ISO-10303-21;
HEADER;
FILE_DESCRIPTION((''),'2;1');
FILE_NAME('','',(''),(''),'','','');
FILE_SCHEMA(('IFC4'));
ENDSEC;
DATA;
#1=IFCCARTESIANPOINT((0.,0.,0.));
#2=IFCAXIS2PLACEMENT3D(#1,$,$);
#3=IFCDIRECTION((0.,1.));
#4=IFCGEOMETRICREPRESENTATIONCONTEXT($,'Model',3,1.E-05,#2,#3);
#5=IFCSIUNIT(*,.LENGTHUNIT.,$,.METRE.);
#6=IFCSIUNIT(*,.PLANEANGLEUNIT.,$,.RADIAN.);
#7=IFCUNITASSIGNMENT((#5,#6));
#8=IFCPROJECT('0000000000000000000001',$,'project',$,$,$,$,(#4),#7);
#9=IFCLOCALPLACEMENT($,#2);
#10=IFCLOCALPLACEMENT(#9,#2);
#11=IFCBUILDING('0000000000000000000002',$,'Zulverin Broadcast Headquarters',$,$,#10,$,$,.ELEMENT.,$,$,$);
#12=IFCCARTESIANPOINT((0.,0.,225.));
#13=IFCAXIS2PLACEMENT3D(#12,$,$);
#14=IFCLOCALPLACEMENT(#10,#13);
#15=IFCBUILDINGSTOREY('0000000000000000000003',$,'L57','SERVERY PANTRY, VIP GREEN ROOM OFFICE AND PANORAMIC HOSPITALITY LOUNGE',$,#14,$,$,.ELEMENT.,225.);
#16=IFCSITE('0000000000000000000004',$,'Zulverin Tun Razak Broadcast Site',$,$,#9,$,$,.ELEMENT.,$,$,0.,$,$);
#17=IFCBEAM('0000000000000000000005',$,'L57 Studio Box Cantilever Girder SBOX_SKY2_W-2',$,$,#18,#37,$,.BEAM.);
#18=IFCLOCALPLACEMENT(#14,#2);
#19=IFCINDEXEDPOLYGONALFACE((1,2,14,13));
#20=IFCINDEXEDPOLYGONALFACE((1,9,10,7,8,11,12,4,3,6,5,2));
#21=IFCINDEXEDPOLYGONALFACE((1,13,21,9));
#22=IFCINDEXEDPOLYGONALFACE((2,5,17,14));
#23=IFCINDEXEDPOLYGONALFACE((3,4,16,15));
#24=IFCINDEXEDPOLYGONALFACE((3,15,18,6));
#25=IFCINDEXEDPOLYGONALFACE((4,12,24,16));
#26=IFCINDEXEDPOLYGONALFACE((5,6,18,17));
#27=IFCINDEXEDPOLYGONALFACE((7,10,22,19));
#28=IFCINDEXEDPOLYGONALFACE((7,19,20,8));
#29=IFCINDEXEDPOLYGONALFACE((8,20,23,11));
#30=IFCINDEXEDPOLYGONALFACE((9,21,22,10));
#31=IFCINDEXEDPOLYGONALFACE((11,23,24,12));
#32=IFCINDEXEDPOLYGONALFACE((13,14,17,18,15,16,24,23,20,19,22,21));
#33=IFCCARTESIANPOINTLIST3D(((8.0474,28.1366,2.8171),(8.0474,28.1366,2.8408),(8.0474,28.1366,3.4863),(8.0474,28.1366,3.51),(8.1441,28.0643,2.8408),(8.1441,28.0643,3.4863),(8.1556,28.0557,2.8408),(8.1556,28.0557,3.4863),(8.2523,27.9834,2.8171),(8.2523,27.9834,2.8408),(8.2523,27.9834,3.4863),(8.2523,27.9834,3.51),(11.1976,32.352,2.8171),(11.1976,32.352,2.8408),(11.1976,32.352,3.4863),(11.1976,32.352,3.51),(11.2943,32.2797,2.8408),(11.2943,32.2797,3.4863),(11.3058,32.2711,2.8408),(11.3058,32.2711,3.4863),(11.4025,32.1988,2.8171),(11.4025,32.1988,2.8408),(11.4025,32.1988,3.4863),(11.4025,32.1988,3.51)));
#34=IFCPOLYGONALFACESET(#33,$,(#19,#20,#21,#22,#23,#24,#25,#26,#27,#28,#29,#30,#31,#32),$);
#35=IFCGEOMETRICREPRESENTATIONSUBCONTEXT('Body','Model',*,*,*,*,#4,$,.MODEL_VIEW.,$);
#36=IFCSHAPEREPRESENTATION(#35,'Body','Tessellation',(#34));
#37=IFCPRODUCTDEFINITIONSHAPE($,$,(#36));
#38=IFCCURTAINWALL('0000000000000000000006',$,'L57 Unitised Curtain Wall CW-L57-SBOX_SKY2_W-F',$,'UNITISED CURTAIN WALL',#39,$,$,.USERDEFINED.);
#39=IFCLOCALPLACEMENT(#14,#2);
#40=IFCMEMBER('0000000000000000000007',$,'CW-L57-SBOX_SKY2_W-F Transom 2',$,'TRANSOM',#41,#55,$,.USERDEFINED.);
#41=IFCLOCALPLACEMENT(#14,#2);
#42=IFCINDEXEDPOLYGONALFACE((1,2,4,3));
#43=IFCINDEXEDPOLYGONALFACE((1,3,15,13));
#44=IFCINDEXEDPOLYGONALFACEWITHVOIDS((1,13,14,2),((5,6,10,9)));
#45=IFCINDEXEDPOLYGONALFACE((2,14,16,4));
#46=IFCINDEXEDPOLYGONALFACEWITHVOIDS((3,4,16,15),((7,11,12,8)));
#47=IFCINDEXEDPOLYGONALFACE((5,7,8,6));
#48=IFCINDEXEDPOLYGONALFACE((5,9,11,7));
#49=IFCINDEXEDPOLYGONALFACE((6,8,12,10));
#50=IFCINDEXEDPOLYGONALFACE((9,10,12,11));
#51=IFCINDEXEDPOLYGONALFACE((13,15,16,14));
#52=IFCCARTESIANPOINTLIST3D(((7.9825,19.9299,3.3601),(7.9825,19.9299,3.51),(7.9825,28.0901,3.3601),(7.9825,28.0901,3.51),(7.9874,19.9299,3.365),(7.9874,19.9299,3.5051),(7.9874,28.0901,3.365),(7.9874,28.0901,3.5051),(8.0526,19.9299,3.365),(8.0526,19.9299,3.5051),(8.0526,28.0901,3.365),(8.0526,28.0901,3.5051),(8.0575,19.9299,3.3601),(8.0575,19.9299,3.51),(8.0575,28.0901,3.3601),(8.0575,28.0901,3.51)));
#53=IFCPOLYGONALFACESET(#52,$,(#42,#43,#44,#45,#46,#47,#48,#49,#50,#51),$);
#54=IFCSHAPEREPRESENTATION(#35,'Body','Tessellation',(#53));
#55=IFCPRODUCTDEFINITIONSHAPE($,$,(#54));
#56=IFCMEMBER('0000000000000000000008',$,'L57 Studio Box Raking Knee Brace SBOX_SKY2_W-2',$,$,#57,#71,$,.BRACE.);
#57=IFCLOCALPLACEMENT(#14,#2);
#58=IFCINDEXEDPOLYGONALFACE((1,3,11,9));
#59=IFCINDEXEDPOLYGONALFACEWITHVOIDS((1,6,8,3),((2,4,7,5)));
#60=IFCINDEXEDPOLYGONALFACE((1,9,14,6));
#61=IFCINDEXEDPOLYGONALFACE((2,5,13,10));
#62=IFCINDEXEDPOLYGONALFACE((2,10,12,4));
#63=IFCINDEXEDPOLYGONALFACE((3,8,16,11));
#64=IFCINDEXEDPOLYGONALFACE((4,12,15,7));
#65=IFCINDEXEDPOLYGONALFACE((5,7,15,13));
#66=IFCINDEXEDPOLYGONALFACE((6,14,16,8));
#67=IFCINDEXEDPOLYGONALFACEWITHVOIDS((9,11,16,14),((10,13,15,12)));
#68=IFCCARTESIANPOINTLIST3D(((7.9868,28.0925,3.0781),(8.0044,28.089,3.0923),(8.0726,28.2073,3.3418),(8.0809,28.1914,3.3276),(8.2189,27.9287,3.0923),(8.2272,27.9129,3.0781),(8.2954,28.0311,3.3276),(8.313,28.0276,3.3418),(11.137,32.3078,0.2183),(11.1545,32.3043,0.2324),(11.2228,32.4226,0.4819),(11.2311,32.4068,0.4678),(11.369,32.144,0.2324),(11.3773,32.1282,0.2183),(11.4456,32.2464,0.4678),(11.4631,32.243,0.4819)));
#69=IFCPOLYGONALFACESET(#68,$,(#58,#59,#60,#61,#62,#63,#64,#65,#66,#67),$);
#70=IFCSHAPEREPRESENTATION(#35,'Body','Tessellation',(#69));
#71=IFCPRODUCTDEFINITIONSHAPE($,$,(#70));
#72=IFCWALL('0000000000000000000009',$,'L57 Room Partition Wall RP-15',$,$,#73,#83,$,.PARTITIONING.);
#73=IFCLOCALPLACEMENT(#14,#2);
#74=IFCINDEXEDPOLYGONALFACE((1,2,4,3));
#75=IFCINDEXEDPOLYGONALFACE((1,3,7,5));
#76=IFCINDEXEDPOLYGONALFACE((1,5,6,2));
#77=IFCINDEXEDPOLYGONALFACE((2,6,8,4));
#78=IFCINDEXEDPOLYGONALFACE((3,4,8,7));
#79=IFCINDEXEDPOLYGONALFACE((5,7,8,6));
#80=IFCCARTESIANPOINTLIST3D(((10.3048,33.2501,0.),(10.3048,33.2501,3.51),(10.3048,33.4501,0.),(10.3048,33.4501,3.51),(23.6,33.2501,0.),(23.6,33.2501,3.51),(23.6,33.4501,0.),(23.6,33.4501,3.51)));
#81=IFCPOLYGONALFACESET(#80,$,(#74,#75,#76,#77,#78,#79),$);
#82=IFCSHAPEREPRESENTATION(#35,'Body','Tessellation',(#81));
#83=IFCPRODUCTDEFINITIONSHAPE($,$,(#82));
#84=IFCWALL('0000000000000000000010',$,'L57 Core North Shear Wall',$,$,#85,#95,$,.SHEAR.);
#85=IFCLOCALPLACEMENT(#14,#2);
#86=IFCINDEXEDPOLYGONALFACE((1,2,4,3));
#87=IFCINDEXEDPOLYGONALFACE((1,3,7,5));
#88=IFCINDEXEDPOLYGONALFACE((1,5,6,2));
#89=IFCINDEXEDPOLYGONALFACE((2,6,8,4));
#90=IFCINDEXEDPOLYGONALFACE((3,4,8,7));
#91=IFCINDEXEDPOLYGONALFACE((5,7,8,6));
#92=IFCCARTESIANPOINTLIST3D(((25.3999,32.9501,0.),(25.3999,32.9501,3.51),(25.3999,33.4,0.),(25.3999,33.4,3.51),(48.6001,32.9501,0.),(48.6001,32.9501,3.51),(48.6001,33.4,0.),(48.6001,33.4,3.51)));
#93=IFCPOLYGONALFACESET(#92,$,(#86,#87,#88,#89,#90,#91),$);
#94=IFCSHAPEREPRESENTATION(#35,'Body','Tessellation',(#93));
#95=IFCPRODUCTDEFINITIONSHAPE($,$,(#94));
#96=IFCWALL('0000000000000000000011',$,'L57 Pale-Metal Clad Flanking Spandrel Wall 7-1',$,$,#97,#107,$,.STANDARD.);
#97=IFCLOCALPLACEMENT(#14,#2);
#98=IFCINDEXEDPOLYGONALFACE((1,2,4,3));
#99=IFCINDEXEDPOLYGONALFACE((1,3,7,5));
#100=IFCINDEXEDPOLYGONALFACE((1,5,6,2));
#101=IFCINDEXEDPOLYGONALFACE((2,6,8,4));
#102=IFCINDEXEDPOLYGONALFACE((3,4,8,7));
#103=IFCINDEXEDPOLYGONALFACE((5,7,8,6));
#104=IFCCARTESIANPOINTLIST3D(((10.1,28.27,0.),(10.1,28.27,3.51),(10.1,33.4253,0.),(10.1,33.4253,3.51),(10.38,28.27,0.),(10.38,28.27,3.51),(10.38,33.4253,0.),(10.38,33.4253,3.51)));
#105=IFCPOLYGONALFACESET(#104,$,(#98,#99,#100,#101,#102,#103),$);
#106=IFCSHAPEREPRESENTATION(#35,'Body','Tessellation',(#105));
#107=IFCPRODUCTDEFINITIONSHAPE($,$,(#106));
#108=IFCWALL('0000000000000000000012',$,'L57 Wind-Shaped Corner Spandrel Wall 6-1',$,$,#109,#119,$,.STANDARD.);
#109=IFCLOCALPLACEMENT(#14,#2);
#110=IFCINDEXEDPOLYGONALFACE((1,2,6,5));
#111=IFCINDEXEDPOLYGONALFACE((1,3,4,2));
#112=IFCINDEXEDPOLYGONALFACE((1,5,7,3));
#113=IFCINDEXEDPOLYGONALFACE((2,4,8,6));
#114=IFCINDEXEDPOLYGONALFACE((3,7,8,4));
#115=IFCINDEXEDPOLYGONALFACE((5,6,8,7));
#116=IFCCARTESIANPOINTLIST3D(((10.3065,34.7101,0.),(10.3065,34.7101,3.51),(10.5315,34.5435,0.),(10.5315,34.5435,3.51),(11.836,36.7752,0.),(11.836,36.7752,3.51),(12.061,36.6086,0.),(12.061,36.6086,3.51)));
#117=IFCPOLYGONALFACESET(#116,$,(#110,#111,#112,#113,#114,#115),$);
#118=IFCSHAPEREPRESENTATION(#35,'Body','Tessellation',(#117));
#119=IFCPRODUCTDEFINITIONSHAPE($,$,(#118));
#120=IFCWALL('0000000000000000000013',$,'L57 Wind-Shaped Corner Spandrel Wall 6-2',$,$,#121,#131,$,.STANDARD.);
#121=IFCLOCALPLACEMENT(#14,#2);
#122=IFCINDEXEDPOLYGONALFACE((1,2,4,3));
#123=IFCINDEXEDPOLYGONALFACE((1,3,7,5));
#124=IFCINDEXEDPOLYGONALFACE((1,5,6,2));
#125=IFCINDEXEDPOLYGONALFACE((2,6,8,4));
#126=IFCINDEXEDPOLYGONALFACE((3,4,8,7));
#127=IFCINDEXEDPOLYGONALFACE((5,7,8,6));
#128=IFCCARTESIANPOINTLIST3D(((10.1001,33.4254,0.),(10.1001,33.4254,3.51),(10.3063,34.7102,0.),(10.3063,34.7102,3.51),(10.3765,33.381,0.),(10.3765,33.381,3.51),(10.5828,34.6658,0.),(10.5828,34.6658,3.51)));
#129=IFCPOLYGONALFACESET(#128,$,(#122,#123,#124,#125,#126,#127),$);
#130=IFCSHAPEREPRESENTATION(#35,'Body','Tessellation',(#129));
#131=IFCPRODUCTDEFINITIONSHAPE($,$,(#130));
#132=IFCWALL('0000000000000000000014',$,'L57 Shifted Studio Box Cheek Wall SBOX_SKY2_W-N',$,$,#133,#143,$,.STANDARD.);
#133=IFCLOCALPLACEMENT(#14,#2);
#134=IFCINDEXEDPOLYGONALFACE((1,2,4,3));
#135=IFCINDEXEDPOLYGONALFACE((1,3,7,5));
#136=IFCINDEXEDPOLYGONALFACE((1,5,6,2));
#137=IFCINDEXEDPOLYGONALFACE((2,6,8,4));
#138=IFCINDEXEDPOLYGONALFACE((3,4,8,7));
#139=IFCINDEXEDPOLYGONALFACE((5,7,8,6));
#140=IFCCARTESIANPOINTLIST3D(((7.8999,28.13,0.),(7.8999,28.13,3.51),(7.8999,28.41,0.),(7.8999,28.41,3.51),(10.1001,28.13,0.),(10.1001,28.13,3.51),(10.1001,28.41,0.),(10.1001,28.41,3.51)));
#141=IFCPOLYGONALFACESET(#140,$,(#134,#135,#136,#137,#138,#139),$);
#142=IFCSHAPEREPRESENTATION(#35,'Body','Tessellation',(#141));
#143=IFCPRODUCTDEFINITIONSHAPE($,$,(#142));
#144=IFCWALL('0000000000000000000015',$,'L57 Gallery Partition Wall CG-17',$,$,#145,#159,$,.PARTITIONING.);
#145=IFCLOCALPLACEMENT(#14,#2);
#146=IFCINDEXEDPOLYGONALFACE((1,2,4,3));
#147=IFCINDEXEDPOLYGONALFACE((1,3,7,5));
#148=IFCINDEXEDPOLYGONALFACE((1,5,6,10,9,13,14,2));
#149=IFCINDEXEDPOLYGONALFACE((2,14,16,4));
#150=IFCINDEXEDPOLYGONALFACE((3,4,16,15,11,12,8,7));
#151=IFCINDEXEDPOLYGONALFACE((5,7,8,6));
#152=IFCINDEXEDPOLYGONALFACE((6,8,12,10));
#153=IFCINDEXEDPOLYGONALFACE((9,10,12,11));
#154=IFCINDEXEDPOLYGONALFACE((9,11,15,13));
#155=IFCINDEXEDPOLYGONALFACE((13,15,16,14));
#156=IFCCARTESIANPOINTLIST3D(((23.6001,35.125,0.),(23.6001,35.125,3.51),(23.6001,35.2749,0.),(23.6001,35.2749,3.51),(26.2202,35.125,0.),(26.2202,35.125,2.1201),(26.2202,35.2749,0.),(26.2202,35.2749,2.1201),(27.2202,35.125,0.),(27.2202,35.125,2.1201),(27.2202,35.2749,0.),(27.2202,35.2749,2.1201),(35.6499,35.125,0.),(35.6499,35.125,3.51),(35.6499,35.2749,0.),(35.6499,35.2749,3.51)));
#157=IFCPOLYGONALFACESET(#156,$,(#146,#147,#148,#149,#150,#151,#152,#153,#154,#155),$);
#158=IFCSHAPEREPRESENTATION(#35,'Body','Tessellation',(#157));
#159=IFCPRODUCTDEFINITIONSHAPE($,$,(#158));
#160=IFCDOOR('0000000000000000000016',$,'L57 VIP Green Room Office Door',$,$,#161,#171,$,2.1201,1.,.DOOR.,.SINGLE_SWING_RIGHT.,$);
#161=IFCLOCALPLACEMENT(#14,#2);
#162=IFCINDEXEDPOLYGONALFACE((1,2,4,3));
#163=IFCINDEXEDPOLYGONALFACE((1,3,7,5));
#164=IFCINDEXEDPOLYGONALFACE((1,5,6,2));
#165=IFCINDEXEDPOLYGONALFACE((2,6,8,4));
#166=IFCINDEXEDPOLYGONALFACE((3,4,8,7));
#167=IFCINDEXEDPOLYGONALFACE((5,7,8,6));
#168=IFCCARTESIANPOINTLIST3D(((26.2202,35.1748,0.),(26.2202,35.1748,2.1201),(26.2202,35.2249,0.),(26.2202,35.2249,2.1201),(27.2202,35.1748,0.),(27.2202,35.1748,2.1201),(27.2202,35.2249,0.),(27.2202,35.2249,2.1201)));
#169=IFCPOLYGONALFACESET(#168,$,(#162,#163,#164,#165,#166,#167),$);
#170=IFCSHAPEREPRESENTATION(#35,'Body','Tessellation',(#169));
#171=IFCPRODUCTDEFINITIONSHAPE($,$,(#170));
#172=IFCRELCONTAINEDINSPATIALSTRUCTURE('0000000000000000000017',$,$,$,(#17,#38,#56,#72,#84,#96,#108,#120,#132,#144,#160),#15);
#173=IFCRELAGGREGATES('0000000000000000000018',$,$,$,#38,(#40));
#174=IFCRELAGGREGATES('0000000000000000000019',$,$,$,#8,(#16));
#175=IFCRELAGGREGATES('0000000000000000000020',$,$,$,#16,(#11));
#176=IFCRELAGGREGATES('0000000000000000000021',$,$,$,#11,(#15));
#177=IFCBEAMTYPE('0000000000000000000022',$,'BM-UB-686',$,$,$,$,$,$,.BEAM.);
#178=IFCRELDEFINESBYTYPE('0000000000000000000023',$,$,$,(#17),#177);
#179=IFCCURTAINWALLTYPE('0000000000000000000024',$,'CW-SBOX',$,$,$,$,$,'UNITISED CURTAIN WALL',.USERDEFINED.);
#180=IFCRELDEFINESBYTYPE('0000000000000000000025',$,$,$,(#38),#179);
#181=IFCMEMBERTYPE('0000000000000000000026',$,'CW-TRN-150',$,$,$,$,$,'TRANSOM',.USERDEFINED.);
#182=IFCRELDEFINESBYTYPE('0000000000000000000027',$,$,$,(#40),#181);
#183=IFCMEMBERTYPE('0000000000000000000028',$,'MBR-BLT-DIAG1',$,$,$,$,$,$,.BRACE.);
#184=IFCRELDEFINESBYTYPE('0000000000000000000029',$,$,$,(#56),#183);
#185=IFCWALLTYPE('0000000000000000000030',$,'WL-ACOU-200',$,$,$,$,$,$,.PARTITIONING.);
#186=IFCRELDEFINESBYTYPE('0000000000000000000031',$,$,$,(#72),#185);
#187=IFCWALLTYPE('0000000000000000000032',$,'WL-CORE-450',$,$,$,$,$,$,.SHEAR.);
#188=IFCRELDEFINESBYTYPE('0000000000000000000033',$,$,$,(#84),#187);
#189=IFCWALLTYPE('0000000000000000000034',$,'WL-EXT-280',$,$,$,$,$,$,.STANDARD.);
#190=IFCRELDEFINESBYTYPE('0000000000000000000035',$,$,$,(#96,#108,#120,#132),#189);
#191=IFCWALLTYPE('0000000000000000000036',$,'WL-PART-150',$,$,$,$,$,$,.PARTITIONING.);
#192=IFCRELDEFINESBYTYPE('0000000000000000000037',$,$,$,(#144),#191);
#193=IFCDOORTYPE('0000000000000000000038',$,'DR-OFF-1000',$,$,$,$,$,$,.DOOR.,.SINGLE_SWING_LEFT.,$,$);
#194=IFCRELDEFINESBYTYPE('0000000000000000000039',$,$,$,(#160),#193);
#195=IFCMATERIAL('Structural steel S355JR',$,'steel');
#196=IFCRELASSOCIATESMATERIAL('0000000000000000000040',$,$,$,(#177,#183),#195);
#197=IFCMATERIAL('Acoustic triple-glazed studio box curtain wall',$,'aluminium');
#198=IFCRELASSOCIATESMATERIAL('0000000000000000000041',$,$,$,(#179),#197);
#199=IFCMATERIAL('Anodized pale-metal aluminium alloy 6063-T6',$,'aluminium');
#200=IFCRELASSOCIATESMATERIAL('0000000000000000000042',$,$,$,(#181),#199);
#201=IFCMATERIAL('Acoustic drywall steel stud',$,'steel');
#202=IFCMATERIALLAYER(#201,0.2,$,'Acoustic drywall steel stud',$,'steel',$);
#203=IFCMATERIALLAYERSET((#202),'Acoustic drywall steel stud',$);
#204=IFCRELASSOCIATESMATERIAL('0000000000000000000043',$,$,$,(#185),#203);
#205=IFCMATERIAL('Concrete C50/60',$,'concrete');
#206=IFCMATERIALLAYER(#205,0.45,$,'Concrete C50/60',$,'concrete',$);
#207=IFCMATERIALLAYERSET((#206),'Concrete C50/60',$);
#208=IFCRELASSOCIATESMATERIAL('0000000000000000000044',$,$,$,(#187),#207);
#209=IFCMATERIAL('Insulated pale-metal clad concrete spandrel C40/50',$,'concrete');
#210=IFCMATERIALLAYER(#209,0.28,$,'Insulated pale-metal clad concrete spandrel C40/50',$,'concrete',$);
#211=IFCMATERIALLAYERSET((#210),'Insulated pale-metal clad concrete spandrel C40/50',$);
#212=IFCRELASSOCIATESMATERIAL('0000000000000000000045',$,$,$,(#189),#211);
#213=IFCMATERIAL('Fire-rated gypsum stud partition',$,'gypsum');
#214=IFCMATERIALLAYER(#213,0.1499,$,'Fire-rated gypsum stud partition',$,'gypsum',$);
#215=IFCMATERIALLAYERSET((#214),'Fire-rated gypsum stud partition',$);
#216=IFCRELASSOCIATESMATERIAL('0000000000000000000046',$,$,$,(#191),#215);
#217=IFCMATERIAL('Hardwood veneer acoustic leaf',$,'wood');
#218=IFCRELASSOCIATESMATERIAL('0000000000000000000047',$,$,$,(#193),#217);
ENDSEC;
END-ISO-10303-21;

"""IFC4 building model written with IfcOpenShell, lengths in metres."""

from ifc_helpers import new_model, si_unit, direction, frame, frame_2d, origin, origin_2d, place, context, subcontext, project, spatial, rectangle, hollow_rectangle, i_section, extrude, material, layer, layer_set, material_profile, profile_set, type_object, element, fill, aggregate, save


model = new_model("IFC4")

# Units and contexts
model_context = context("Model", 3, precision=1e-05, world=origin(), true_north=direction((0.0, 1.0)))
body_context = subcontext(model_context, "Body", "Model", "MODEL_VIEW")
ifc_project = project(units=[si_unit("LENGTHUNIT", "METRE"), si_unit("PLANEANGLEUNIT", "RADIAN")], contexts=[model_context])

# Site, building, storey
site_placement = place(None, origin())
site = spatial("IfcSite", under=ifc_project, at=site_placement, Name="Zulverin Tun Razak Broadcast Site", CompositionType="ELEMENT", RefElevation=0.0)
building_placement = place(site_placement, origin())
building = spatial("IfcBuilding", under=site, at=building_placement, Name="Zulverin Broadcast Headquarters", CompositionType="ELEMENT")
storey_placement = place(building_placement, frame((0.0, 0.0, 225.0)))
storey = spatial("IfcBuildingStorey", under=building, at=storey_placement, Name="L57", Description="SERVERY PANTRY, VIP GREEN ROOM OFFICE AND PANORAMIC HOSPITALITY LOUNGE", CompositionType="ELEMENT", Elevation=225.0)

# Shared definitions
ifc_material_1 = material(Name="Concrete C50/60", Category="concrete")

# Beam
ifc_material_2 = material(Name="Structural steel S355JR", Category="steel")
ifc_material_profile_1 = material_profile(ifc_material_2, i_section(OverallWidth=0.2559, OverallDepth=0.6929, WebThickness=0.0144, FlangeThickness=0.0237, at=origin_2d()), Name="Structural steel S355JR", Category="steel")
ifc_profile_set_1 = profile_set([ifc_material_profile_1], Name="Structural steel S355JR")
beam_type_1 = type_object("IfcBeamType", Name="BM-UB-686", PredefinedType="BEAM", material=ifc_profile_set_1)
beam_1_placement = place(storey_placement, frame((11.3, 32.2754, 3.1636), z_axis=(-0.598618, -0.801034, 0.0), x_axis=(0.801034, -0.598618, 0.0)))
element("IfcBeam", 1, at=beam_1_placement, inside=storey, type_object=beam_type_1, Name="L57 Studio Box Cantilever Girder SBOX_SKY2_W-2", PredefinedType="BEAM", context=body_context, shape_type="SweptSolid", body=[
    extrude(i_section(OverallWidth=0.2559, OverallDepth=0.6929, WebThickness=0.0144, FlangeThickness=0.0237, at=origin_2d()), origin(), (0.0, 0.0, 1.0), 5.2625),
])

# Curtain wall, member
ifc_material_3 = material(Name="Acoustic triple-glazed studio box curtain wall", Category="aluminium")
curtain_wall_type = type_object("IfcCurtainWallType", Name="CW-SBOX", ElementType="UNITISED CURTAIN WALL", PredefinedType="USERDEFINED", material=ifc_material_3)
curtain_wall_placement = place(storey_placement, origin())
curtain_wall = element("IfcCurtainWall", 2, at=curtain_wall_placement, inside=storey, type_object=curtain_wall_type, Name="L57 Unitised Curtain Wall CW-L57-SBOX_SKY2_W-F", ObjectType="UNITISED CURTAIN WALL", PredefinedType="USERDEFINED")
ifc_material_4 = material(Name="Anodized pale-metal aluminium alloy 6063-T6", Category="aluminium")
ifc_material_profile_2 = material_profile(ifc_material_4, hollow_rectangle(XDim=0.075, YDim=0.1499, WallThickness=0.0049, at=origin_2d()), Name="Anodized pale-metal aluminium alloy 6063-T6", Category="aluminium")
ifc_profile_set_2 = profile_set([ifc_material_profile_2], Name="Anodized pale-metal aluminium alloy 6063-T6")
member_type_1 = type_object("IfcMemberType", Name="CW-TRN-150", ElementType="TRANSOM", PredefinedType="USERDEFINED", material=ifc_profile_set_2)
member_1_placement = place(storey_placement, frame((8.02, 28.0901, 3.4351), z_axis=(0.0, -1.0, 0.0), x_axis=(1.0, 0.0, 0.0)))
member_1 = element("IfcMember", 3, at=member_1_placement, type_object=member_type_1, Name="CW-L57-SBOX_SKY2_W-F Transom 2", ObjectType="TRANSOM", PredefinedType="USERDEFINED", context=body_context, shape_type="SweptSolid", body=[
    extrude(hollow_rectangle(XDim=0.075, YDim=0.1499, WallThickness=0.0049, at=origin_2d()), origin(), (0.0, 0.0, 1.0), 8.1602),
])
aggregate(curtain_wall, [member_1])

# Member
ifc_material_profile_3 = material_profile(ifc_material_2, hollow_rectangle(XDim=0.3, YDim=0.3, WallThickness=0.0161, at=origin_2d()), Name="Structural steel S355JR", Category="steel")
ifc_profile_set_3 = profile_set([ifc_material_profile_3], Name="Structural steel S355JR")
member_type_2 = type_object("IfcMemberType", Name="MBR-BLT-DIAG1", PredefinedType="BRACE", material=ifc_profile_set_3)
member_2_placement = place(storey_placement, frame((11.3, 32.2754, 0.3501), z_axis=(-0.525966, -0.703815, 0.477498), x_axis=(0.801034, -0.598618, 0.0)))
element("IfcMember", 4, at=member_2_placement, inside=storey, type_object=member_type_2, Name="L57 Studio Box Raking Knee Brace SBOX_SKY2_W-2", PredefinedType="BRACE", context=body_context, shape_type="SweptSolid", body=[
    extrude(hollow_rectangle(XDim=0.3, YDim=0.3, WallThickness=0.0161, at=origin_2d()), origin(), (0.0, 0.0, 1.0), 5.9893),
])

# Walls
ifc_material_5 = material(Name="Acoustic drywall steel stud", Category="steel")
ifc_layer_1 = layer(ifc_material_5, 0.2, Name="Acoustic drywall steel stud", Category="steel")
ifc_layer_set_1 = layer_set([ifc_layer_1], Name="Acoustic drywall steel stud")
wall_type_1 = type_object("IfcWallType", Name="WL-ACOU-200", PredefinedType="PARTITIONING", material=ifc_layer_set_1)
wall_1_placement = place(storey_placement, frame((10.3049, 33.3501, 0.0), z_axis=(0.0, 0.0, 1.0), x_axis=(1.0, 0.0, 0.0)))
element("IfcWall", 5, at=wall_1_placement, inside=storey, type_object=wall_type_1, Name="L57 Room Partition Wall RP-15", PredefinedType="PARTITIONING", context=body_context, shape_type="SweptSolid", body=[
    extrude(rectangle(XDim=13.2952, YDim=0.2, at=frame_2d((6.6475, 0.0))), origin(), (0.0, 0.0, 1.0), 3.51),
])
ifc_layer_2 = layer(ifc_material_1, 0.45, Name="Concrete C50/60", Category="concrete")
ifc_layer_set_2 = layer_set([ifc_layer_2], Name="Concrete C50/60")
wall_type_2 = type_object("IfcWallType", Name="WL-CORE-450", PredefinedType="SHEAR", material=ifc_layer_set_2)
wall_2_placement = place(storey_placement, frame((25.3999, 33.175, 0.0), z_axis=(0.0, 0.0, 1.0), x_axis=(1.0, 0.0, 0.0)))
element("IfcWall", 6, at=wall_2_placement, inside=storey, type_object=wall_type_2, Name="L57 Core North Shear Wall", PredefinedType="SHEAR", context=body_context, shape_type="SweptSolid", body=[
    extrude(rectangle(XDim=23.2002, YDim=0.45, at=frame_2d((11.6001, 0.0))), origin(), (0.0, 0.0, 1.0), 3.51),
])
ifc_material_6 = material(Name="Insulated pale-metal clad concrete spandrel C40/50", Category="concrete")
ifc_layer_3 = layer(ifc_material_6, 0.28, Name="Insulated pale-metal clad concrete spandrel C40/50", Category="concrete")
ifc_layer_set_3 = layer_set([ifc_layer_3], Name="Insulated pale-metal clad concrete spandrel C40/50")
wall_type_3 = type_object("IfcWallType", Name="WL-EXT-280", PredefinedType="STANDARD", material=ifc_layer_set_3)
wall_3_placement = place(storey_placement, frame((10.24, 33.4253, 0.0), z_axis=(0.0, 0.0, 1.0), x_axis=(0.0, -1.0, 0.0)))
element("IfcWall", 7, at=wall_3_placement, inside=storey, type_object=wall_type_3, Name="L57 Pale-Metal Clad Flanking Spandrel Wall 7-1", PredefinedType="STANDARD", context=body_context, shape_type="SweptSolid", body=[
    extrude(rectangle(XDim=5.1553, YDim=0.28, at=frame_2d((2.5776, 0.0))), origin(), (0.0, 0.0, 1.0), 3.51),
])
wall_4_placement = place(storey_placement, frame((11.9485, 36.6919, 0.0), z_axis=(0.0, 0.0, 1.0), x_axis=(-0.595171, -0.803599, 0.0)))
element("IfcWall", 8, at=wall_4_placement, inside=storey, type_object=wall_type_3, Name="L57 Wind-Shaped Corner Spandrel Wall 6-1", PredefinedType="STANDARD", context=body_context, shape_type="SweptSolid", body=[
    extrude(rectangle(XDim=2.5698, YDim=0.28, at=frame_2d((1.2849, 0.0))), origin(), (0.0, 0.0, 1.0), 3.51),
])
wall_5_placement = place(storey_placement, frame((10.4446, 34.688, 0.0), z_axis=(0.0, 0.0, 1.0), x_axis=(-0.158525, -0.987355, 0.0)))
element("IfcWall", 9, at=wall_5_placement, inside=storey, type_object=wall_type_3, Name="L57 Wind-Shaped Corner Spandrel Wall 6-2", PredefinedType="STANDARD", context=body_context, shape_type="SweptSolid", body=[
    extrude(rectangle(XDim=1.3013, YDim=0.28, at=frame_2d((0.6506, 0.0))), origin(), (0.0, 0.0, 1.0), 3.51),
])
wall_6_placement = place(storey_placement, frame((7.8999, 28.27, 0.0), z_axis=(0.0, 0.0, 1.0), x_axis=(1.0, 0.0, 0.0)))
element("IfcWall", 10, at=wall_6_placement, inside=storey, type_object=wall_type_3, Name="L57 Shifted Studio Box Cheek Wall SBOX_SKY2_W-N", PredefinedType="STANDARD", context=body_context, shape_type="SweptSolid", body=[
    extrude(rectangle(XDim=2.2002, YDim=0.28, at=frame_2d((1.1001, 0.0))), origin(), (0.0, 0.0, 1.0), 3.51),
])

# Wall, opening, door
ifc_material_7 = material(Name="Fire-rated gypsum stud partition", Category="gypsum")
ifc_layer_4 = layer(ifc_material_7, 0.1499, Name="Fire-rated gypsum stud partition", Category="gypsum")
ifc_layer_set_4 = layer_set([ifc_layer_4], Name="Fire-rated gypsum stud partition")
wall_type_4 = type_object("IfcWallType", Name="WL-PART-150", PredefinedType="PARTITIONING", material=ifc_layer_set_4)
wall_7_placement = place(storey_placement, frame((23.6001, 35.2, 0.0), z_axis=(0.0, 0.0, 1.0), x_axis=(1.0, 0.0, 0.0)))
wall_7 = element("IfcWall", 11, at=wall_7_placement, inside=storey, type_object=wall_type_4, Name="L57 Gallery Partition Wall CG-17", PredefinedType="PARTITIONING", context=body_context, shape_type="SweptSolid", body=[
    extrude(rectangle(XDim=12.0498, YDim=0.1499, at=frame_2d((6.0249, 0.0))), origin(), (0.0, 0.0, 1.0), 3.51),
])
opening_placement = place(wall_7_placement, frame((2.6201, 0.0, 0.0)))
opening = element("IfcOpeningElement", 12, at=opening_placement, cuts=wall_7, PredefinedType="OPENING", context=body_context, shape_type="SweptSolid", body=[
    extrude(rectangle(XDim=1.0, YDim=2.1201, at=frame_2d((0.5, 1.0601))), frame((0.0, 0.085, 0.0), z_axis=(0.0, -1.0, 0.0), x_axis=(1.0, 0.0, 0.0)), (0.0, 0.0, 1.0), 0.1699),
])
ifc_material_8 = material(Name="Hardwood veneer acoustic leaf", Category="wood")
door_type = type_object("IfcDoorType", Name="DR-OFF-1000", OperationType="SINGLE_SWING_LEFT", PredefinedType="DOOR", material=ifc_material_8)
door_placement = place(opening_placement, origin())
door = element("IfcDoor", 13, at=door_placement, inside=storey, type_object=door_type, Name="L57 VIP Green Room Office Door", OperationType="SINGLE_SWING_RIGHT", OverallHeight=2.1201, OverallWidth=1.0, PredefinedType="DOOR", context=body_context, shape_type="SweptSolid", body=[
    extrude(rectangle(XDim=1.0, YDim=2.1201, at=frame_2d((0.5, 1.0601))), frame((0.0, 0.0249, 0.0), z_axis=(0.0, -1.0, 0.0), x_axis=(1.0, 0.0, 0.0)), (0.0, 0.0, 1.0), 0.05),
])
fill(opening, door)

save(model, "model.ifc")
